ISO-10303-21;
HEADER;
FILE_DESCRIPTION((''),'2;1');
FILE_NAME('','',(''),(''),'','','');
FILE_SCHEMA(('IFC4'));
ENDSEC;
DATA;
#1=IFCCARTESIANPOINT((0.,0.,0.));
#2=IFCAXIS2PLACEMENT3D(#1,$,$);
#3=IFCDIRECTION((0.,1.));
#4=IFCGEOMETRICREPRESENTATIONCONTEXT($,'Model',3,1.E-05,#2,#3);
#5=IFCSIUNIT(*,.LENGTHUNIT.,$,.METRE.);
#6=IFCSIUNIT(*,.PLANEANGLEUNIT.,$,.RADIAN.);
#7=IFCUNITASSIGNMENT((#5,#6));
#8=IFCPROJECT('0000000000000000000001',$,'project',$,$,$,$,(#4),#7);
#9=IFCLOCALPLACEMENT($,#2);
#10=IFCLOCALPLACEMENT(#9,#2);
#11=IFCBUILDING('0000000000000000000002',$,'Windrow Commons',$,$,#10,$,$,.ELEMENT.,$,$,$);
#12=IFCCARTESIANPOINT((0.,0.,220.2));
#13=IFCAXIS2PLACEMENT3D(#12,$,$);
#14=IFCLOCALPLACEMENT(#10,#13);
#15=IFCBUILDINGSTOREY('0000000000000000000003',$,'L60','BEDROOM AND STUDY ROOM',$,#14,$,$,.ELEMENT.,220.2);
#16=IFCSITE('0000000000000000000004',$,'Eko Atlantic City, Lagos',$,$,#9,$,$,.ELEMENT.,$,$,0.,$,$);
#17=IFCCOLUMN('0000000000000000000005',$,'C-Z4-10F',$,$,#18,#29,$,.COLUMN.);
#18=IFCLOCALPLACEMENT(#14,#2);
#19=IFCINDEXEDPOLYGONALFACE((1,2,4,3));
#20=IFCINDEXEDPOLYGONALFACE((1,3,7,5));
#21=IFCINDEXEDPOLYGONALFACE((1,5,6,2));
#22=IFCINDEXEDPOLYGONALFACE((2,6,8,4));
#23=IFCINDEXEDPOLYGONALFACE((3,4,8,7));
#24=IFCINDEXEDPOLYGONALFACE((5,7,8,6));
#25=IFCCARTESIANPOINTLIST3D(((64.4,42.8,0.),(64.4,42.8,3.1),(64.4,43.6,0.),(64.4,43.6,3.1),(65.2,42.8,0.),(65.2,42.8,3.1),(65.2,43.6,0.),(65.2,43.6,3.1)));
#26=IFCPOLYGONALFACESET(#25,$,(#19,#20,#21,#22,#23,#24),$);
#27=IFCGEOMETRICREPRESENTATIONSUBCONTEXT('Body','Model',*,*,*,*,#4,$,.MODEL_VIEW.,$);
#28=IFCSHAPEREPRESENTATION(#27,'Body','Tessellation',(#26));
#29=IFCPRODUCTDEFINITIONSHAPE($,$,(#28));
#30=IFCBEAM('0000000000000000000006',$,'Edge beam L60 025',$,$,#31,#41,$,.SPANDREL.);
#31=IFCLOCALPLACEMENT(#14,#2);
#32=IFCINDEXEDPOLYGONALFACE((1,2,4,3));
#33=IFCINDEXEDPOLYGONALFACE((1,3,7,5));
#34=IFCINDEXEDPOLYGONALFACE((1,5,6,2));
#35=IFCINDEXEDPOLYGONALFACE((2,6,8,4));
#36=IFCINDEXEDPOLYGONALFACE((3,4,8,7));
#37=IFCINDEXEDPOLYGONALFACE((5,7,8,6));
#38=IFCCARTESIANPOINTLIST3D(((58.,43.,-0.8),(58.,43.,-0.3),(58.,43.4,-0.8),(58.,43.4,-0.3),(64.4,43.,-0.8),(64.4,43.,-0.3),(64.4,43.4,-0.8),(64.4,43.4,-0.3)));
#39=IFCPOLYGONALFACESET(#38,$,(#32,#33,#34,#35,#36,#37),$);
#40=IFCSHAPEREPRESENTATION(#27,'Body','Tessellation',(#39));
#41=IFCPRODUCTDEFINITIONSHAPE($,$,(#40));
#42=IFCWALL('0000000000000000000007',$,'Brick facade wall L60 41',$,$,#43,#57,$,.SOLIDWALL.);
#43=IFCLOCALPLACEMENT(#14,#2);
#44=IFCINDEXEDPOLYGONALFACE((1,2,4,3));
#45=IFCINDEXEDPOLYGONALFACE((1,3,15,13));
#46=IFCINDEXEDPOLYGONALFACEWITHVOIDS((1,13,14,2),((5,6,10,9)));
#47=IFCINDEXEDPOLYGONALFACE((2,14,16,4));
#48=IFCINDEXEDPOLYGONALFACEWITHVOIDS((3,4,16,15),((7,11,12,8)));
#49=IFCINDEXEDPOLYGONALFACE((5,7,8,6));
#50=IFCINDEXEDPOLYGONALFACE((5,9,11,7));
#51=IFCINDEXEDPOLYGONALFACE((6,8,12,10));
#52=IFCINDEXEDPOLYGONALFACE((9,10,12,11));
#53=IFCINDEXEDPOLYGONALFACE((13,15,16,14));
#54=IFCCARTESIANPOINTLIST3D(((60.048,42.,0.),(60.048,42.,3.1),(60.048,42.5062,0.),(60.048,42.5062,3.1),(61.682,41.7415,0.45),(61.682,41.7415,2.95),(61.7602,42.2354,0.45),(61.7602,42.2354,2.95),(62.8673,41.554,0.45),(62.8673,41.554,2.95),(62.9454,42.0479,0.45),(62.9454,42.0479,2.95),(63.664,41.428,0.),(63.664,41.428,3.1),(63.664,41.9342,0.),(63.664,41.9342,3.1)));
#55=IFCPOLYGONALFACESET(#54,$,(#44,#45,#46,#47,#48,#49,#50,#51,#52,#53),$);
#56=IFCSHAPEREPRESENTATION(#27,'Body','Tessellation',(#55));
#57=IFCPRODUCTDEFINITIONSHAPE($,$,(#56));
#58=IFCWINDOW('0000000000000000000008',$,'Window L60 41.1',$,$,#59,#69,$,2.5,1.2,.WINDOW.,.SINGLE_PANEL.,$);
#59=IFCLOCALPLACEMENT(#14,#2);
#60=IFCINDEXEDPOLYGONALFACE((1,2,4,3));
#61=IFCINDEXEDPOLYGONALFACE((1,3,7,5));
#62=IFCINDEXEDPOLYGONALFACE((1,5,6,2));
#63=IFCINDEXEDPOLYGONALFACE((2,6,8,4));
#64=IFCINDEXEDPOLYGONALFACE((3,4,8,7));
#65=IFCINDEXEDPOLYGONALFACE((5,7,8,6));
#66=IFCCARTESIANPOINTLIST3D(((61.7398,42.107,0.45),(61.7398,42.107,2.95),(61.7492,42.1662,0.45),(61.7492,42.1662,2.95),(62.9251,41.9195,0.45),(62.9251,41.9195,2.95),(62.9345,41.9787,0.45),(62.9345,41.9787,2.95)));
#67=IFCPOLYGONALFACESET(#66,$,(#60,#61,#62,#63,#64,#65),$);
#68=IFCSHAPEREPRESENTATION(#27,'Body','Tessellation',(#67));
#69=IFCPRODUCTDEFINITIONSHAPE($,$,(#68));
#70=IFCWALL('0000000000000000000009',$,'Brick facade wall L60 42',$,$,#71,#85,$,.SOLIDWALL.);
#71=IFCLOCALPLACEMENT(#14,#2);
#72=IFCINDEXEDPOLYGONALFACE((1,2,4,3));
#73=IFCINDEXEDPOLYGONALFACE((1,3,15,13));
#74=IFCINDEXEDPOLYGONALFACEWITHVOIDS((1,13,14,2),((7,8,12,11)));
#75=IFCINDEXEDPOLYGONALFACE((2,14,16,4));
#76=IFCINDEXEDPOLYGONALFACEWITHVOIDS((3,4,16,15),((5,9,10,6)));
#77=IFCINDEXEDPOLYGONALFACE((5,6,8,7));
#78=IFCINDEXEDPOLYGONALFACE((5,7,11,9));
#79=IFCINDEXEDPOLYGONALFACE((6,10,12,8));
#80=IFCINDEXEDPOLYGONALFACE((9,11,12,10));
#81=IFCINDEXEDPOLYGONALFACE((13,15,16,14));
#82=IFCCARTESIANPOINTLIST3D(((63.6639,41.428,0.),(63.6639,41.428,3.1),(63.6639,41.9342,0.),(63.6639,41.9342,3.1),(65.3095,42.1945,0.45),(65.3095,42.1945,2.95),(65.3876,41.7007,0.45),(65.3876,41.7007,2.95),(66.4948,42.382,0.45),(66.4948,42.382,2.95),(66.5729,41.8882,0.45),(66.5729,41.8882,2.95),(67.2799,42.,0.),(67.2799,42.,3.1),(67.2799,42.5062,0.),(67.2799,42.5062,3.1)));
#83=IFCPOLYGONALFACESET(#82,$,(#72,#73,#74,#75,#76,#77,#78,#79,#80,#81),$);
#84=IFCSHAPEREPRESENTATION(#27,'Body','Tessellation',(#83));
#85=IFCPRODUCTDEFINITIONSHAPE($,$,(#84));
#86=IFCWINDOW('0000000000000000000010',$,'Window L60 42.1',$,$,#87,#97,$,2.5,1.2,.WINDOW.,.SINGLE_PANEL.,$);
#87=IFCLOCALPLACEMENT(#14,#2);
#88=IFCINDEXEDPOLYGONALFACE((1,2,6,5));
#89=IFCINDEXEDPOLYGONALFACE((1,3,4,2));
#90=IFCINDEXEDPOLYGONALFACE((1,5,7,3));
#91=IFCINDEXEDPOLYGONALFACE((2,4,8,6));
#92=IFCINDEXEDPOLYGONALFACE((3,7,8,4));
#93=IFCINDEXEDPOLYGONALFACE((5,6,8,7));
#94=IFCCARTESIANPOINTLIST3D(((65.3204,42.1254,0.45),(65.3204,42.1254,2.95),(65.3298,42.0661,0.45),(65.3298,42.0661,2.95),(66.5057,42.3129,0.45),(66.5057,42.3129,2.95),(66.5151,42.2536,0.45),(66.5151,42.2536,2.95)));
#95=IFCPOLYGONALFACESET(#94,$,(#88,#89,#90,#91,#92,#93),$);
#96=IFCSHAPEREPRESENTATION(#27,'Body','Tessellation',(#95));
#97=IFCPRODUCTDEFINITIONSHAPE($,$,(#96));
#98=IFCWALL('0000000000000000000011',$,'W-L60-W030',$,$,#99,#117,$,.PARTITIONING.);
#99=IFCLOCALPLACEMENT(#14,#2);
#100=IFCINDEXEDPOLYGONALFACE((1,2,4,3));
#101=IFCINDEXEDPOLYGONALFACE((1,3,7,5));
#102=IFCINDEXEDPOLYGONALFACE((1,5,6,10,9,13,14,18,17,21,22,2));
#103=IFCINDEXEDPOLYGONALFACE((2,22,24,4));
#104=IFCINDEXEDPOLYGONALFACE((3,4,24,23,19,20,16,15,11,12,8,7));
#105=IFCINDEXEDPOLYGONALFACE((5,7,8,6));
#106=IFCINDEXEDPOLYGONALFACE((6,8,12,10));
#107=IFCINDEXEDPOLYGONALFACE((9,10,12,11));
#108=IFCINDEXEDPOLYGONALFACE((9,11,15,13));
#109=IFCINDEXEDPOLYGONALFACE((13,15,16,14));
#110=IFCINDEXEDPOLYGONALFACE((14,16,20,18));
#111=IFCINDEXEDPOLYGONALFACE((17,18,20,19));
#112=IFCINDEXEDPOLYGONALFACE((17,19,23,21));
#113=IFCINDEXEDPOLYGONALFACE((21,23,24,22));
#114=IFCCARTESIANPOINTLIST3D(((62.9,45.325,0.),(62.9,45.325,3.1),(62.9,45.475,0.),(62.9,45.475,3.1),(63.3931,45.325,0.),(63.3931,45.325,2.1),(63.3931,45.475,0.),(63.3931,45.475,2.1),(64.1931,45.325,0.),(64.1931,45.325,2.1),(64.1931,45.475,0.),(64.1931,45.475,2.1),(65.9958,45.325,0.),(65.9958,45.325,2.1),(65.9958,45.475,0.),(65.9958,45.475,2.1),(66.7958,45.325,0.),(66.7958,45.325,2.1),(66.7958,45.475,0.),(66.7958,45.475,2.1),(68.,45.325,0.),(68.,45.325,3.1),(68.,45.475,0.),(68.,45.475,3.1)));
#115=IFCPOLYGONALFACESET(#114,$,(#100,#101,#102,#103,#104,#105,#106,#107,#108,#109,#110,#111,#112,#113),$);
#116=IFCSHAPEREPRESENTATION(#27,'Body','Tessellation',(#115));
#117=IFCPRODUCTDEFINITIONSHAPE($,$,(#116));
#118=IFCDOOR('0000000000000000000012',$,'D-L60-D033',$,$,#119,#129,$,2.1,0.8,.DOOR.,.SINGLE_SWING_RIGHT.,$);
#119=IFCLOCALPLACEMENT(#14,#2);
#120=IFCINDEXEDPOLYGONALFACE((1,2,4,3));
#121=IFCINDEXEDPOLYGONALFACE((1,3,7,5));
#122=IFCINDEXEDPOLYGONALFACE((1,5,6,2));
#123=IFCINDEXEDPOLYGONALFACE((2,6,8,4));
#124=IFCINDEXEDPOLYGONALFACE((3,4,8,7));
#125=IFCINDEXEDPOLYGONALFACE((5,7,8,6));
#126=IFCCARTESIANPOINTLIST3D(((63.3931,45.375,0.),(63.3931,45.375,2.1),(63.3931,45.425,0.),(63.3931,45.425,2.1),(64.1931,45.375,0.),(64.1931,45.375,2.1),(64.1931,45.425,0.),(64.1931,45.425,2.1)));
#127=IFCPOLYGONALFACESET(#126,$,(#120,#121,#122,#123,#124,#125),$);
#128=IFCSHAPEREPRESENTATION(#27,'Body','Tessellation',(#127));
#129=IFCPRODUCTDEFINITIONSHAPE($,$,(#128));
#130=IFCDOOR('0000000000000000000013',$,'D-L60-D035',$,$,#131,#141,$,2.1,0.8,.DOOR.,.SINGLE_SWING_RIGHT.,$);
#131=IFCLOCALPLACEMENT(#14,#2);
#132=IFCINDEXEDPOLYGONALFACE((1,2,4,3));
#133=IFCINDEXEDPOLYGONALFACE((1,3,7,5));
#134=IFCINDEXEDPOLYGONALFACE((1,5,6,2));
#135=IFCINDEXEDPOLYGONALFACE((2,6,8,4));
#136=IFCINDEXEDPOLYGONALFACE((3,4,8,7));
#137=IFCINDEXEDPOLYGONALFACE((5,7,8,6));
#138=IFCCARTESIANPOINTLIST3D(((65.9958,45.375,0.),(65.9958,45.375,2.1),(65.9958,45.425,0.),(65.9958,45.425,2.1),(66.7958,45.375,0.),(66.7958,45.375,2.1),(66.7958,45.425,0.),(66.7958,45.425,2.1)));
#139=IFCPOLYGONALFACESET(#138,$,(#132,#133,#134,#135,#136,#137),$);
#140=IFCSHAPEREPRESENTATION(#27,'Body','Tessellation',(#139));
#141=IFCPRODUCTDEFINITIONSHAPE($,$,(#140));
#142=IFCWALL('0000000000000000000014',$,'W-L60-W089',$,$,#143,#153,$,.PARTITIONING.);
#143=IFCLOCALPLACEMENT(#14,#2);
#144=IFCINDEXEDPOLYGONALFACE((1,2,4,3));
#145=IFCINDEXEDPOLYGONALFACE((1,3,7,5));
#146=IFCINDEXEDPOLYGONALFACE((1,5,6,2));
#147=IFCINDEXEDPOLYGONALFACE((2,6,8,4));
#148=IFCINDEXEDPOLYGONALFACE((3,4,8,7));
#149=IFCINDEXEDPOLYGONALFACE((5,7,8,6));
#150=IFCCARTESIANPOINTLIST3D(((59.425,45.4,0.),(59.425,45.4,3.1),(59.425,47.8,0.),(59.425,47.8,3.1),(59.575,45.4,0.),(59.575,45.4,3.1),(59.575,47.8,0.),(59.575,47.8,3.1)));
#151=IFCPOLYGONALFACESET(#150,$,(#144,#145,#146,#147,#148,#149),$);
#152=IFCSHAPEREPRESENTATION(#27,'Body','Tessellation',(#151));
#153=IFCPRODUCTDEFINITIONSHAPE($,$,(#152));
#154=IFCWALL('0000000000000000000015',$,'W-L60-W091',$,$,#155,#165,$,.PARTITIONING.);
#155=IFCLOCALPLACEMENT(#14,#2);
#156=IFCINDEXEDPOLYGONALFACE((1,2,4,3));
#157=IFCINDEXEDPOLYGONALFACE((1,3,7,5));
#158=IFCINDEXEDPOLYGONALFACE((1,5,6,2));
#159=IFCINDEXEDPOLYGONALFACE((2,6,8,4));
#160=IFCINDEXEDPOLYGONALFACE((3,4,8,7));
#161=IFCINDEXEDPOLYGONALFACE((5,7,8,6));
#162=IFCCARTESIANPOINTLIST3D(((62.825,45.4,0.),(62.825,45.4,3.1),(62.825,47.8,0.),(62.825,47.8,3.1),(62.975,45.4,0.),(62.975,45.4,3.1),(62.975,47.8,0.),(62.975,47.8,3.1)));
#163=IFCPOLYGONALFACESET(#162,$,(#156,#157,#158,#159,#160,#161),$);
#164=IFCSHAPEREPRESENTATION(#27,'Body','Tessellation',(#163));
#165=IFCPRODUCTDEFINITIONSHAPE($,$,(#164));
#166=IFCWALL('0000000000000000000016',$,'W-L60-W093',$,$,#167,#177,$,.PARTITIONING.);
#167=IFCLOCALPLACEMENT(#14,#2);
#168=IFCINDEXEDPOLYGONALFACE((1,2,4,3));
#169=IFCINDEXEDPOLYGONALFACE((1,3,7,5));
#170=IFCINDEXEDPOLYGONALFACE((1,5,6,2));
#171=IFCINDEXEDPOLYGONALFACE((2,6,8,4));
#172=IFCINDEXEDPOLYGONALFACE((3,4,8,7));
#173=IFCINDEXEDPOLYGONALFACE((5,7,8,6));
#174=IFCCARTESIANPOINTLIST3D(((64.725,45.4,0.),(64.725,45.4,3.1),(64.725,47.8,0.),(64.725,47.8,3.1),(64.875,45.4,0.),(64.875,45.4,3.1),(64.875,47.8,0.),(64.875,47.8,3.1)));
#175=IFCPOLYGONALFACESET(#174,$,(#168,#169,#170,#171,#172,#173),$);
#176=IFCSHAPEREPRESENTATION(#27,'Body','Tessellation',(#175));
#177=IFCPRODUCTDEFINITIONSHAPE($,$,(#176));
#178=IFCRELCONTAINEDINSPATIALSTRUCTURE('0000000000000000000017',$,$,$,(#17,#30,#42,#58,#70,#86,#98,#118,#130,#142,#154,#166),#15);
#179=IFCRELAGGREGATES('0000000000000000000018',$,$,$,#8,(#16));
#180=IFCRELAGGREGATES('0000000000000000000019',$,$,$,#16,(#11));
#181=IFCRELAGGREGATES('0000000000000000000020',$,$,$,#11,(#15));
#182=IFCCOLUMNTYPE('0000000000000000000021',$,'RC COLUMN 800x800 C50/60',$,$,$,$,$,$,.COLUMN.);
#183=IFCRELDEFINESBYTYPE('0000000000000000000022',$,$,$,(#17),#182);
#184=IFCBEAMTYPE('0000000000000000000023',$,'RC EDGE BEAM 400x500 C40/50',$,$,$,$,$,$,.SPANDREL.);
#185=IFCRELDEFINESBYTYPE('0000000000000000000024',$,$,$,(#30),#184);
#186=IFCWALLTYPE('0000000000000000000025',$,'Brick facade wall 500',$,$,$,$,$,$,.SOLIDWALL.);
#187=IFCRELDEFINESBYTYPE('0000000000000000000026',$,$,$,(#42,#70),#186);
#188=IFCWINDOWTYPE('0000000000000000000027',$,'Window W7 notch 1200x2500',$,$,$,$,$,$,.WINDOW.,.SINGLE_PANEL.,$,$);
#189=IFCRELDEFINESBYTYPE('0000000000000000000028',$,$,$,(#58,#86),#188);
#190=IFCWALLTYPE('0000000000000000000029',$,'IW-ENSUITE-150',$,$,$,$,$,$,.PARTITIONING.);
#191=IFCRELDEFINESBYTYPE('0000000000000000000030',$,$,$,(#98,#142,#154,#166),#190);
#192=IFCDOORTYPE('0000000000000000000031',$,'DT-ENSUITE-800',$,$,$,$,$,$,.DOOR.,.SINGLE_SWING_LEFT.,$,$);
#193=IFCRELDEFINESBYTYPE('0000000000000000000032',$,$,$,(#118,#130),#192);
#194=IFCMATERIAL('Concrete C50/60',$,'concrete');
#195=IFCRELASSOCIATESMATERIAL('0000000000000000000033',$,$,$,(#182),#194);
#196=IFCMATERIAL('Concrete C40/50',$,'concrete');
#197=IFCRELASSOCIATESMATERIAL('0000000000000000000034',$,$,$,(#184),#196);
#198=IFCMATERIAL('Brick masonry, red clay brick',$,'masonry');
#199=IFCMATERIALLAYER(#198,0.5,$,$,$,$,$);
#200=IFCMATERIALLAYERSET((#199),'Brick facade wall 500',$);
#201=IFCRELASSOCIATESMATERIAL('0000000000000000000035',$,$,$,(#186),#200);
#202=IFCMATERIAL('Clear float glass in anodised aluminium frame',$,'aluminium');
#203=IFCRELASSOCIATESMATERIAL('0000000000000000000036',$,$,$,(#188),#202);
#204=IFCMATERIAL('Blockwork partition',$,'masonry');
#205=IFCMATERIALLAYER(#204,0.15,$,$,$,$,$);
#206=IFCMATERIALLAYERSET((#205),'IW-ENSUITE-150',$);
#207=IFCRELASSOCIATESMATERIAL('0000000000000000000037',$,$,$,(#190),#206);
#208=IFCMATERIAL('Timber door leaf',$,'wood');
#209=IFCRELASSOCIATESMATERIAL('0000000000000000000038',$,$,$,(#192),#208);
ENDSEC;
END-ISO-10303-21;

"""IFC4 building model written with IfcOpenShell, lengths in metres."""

from ifc_helpers import new_model, si_unit, direction, frame, frame_2d, origin, origin_2d, place, context, subcontext, project, spatial, polyline, rectangle, outline, extrude, material, layer, layer_set, material_profile, profile_set, type_object, element, fill, save


model = new_model("IFC4")

# Units and contexts
model_context = context("Model", 3, precision=1e-05, world=origin(), true_north=direction((0.0, 1.0)))
body_context = subcontext(model_context, "Body", "Model", "MODEL_VIEW")
ifc_project = project(units=[si_unit("LENGTHUNIT", "METRE"), si_unit("PLANEANGLEUNIT", "RADIAN")], contexts=[model_context])

# Site, building, storey
site_placement = place(None, origin())
site = spatial("IfcSite", under=ifc_project, at=site_placement, Name="Eko Atlantic City, Lagos", CompositionType="ELEMENT", RefElevation=0.0)
building_placement = place(site_placement, origin())
building = spatial("IfcBuilding", under=site, at=building_placement, Name="Windrow Commons", CompositionType="ELEMENT")
storey_placement = place(building_placement, frame((0.0, 0.0, 220.2)))
storey = spatial("IfcBuildingStorey", under=building, at=storey_placement, Name="L60", Description="BEDROOM AND STUDY ROOM", CompositionType="ELEMENT", Elevation=220.2)

# Column
ifc_material_1 = material(Name="Concrete C50/60", Category="concrete")
ifc_material_profile_1 = material_profile(ifc_material_1, rectangle(XDim=0.8, YDim=0.8, at=origin_2d()))
ifc_profile_set_1 = profile_set([ifc_material_profile_1], Name="Concrete C50/60")
column_type = type_object("IfcColumnType", Name="RC COLUMN 800x800 C50/60", PredefinedType="COLUMN", material=ifc_profile_set_1)
column_placement = place(storey_placement, frame((64.8, 43.2, 0.0), z_axis=(0.0, 0.0, 1.0), x_axis=(1.0, 0.0, 0.0)))
element("IfcColumn", 1, at=column_placement, inside=storey, type_object=column_type, Name="C-Z4-10F", PredefinedType="COLUMN", context=body_context, shape_type="SweptSolid", body=[
    extrude(rectangle(XDim=0.8, YDim=0.8, at=origin_2d()), origin(), (0.0, 0.0, 1.0), 3.1),
])

# Beam
ifc_material_2 = material(Name="Concrete C40/50", Category="concrete")
ifc_material_profile_2 = material_profile(ifc_material_2, rectangle(XDim=0.4, YDim=0.5, at=origin_2d()))
ifc_profile_set_2 = profile_set([ifc_material_profile_2], Name="Concrete C40/50")
beam_type = type_object("IfcBeamType", Name="RC EDGE BEAM 400x500 C40/50", PredefinedType="SPANDREL", material=ifc_profile_set_2)
beam_placement = place(storey_placement, frame((64.4, 43.2, -0.55), z_axis=(-1.0, 0.0, 0.0), x_axis=(0.0, -1.0, 0.0)))
element("IfcBeam", 2, at=beam_placement, inside=storey, type_object=beam_type, Name="Edge beam L60 025", PredefinedType="SPANDREL", context=body_context, shape_type="SweptSolid", body=[
    extrude(rectangle(XDim=0.4, YDim=0.5, at=origin_2d()), origin(), (0.0, 0.0, 1.0), 6.4),
])

# Walls, openings, windows
ifc_material_3 = material(Name="Brick masonry, red clay brick", Category="masonry")
ifc_layer_1 = layer(ifc_material_3, 0.5)
ifc_layer_set_1 = layer_set([ifc_layer_1], Name="Brick facade wall 500")
wall_type_1 = type_object("IfcWallType", Name="Brick facade wall 500", PredefinedType="SOLIDWALL", material=ifc_layer_set_1)
wall_1_placement = place(storey_placement, frame((60.048, 42.2531, 0.0), z_axis=(0.0, 0.0, 1.0), x_axis=(0.987718, -0.156247, 0.0)))
wall_1 = element("IfcWall", 3, at=wall_1_placement, inside=storey, type_object=wall_type_1, Name="Brick facade wall L60 41", PredefinedType="SOLIDWALL", context=body_context, shape_type="SweptSolid", body=[
    extrude(outline(polyline([(0.0395, -0.25), (3.7005, -0.25), (3.6214, 0.25), (-0.0395, 0.25), (0.0395, -0.25)])), origin(), (0.0, 0.0, 1.0), 3.1),
])
opening_1_placement = place(wall_1_placement, frame((1.6939, 0.0, 0.45)))
opening_1 = element("IfcOpeningElement", 4, at=opening_1_placement, cuts=wall_1, PredefinedType="OPENING", context=body_context, shape_type="SweptSolid", body=[
    extrude(rectangle(XDim=1.2, YDim=2.5, at=frame_2d((0.6, 1.25))), frame((0.0, 0.26, 0.0), z_axis=(0.0, -1.0, 0.0), x_axis=(1.0, 0.0, 0.0)), (0.0, 0.0, 1.0), 0.52),
])
ifc_material_4 = material(Name="Clear float glass in anodised aluminium frame", Category="aluminium")
window_type = type_object("IfcWindowType", Name="Window W7 notch 1200x2500", PartitioningType="SINGLE_PANEL", PredefinedType="WINDOW", material=ifc_material_4)
window_1_placement = place(opening_1_placement, origin())
window_1 = element("IfcWindow", 5, at=window_1_placement, inside=storey, type_object=window_type, Name="Window L60 41.1", OverallHeight=2.5, OverallWidth=1.2, PartitioningType="SINGLE_PANEL", PredefinedType="WINDOW", context=body_context, shape_type="SweptSolid", body=[
    extrude(rectangle(XDim=1.2, YDim=2.5, at=frame_2d((0.6, 1.25))), frame((0.0, 0.18, 0.0), z_axis=(0.0, -1.0, 0.0), x_axis=(1.0, 0.0, 0.0)), (0.0, 0.0, 1.0), 0.06),
])
fill(opening_1, window_1)
wall_2_placement = place(storey_placement, frame((63.6639, 41.6811, 0.0), z_axis=(0.0, 0.0, 1.0), x_axis=(0.987719, 0.156243, 0.0)))
wall_2 = element("IfcWall", 6, at=wall_2_placement, inside=storey, type_object=wall_type_1, Name="Brick facade wall L60 42", PredefinedType="SOLIDWALL", context=body_context, shape_type="SweptSolid", body=[
    extrude(outline(polyline([(-0.0395, -0.25), (3.6214, -0.25), (3.7005, 0.25), (0.0395, 0.25), (-0.0395, -0.25)])), origin(), (0.0, 0.0, 1.0), 3.1),
])
opening_2_placement = place(wall_2_placement, frame((1.7056, 0.0, 0.45)))
opening_2 = element("IfcOpeningElement", 7, at=opening_2_placement, cuts=wall_2, PredefinedType="OPENING", context=body_context, shape_type="SweptSolid", body=[
    extrude(rectangle(XDim=1.2, YDim=2.5, at=frame_2d((0.6, 1.25))), frame((0.0, 0.26, 0.0), z_axis=(0.0, -1.0, 0.0), x_axis=(1.0, 0.0, 0.0)), (0.0, 0.0, 1.0), 0.52),
])
window_2_placement = place(opening_2_placement, origin())
window_2 = element("IfcWindow", 8, at=window_2_placement, inside=storey, type_object=window_type, Name="Window L60 42.1", OverallHeight=2.5, OverallWidth=1.2, PartitioningType="SINGLE_PANEL", PredefinedType="WINDOW", context=body_context, shape_type="SweptSolid", body=[
    extrude(rectangle(XDim=1.2, YDim=2.5, at=frame_2d((0.6, 1.25))), frame((0.0, 0.18, 0.0), z_axis=(0.0, -1.0, 0.0), x_axis=(1.0, 0.0, 0.0)), (0.0, 0.0, 1.0), 0.06),
])
fill(opening_2, window_2)

# Wall, openings, doors
ifc_material_5 = material(Name="Blockwork partition", Category="masonry")
ifc_layer_2 = layer(ifc_material_5, 0.15)
ifc_layer_set_2 = layer_set([ifc_layer_2], Name="IW-ENSUITE-150")
wall_type_2 = type_object("IfcWallType", Name="IW-ENSUITE-150", PredefinedType="PARTITIONING", material=ifc_layer_set_2)
wall_3_placement = place(storey_placement, frame((62.9, 45.4, 0.0), z_axis=(0.0, 0.0, 1.0), x_axis=(1.0, 0.0, 0.0)))
wall_3 = element("IfcWall", 9, at=wall_3_placement, inside=storey, type_object=wall_type_2, Name="W-L60-W030", PredefinedType="PARTITIONING", context=body_context, shape_type="SweptSolid", body=[
    extrude(rectangle(XDim=5.1, YDim=0.15, at=frame_2d((2.55, 0.0))), origin(), (0.0, 0.0, 1.0), 3.1),
])
opening_3_placement = place(wall_3_placement, frame((0.4931, 0.0, 0.0)))
opening_3 = element("IfcOpeningElement", 10, at=opening_3_placement, cuts=wall_3, PredefinedType="OPENING", context=body_context, shape_type="SweptSolid", body=[
    extrude(rectangle(XDim=0.8, YDim=2.1, at=frame_2d((0.4, 1.05))), frame((0.0, 0.085, 0.0), z_axis=(0.0, -1.0, 0.0), x_axis=(1.0, 0.0, 0.0)), (0.0, 0.0, 1.0), 0.17),
])
opening_4_placement = place(wall_3_placement, frame((3.0958, 0.0, 0.0)))
opening_4 = element("IfcOpeningElement", 11, at=opening_4_placement, cuts=wall_3, PredefinedType="OPENING", context=body_context, shape_type="SweptSolid", body=[
    extrude(rectangle(XDim=0.8, YDim=2.1, at=frame_2d((0.4, 1.05))), frame((0.0, 0.085, 0.0), z_axis=(0.0, -1.0, 0.0), x_axis=(1.0, 0.0, 0.0)), (0.0, 0.0, 1.0), 0.17),
])
ifc_material_6 = material(Name="Timber door leaf", Category="wood")
door_type = type_object("IfcDoorType", Name="DT-ENSUITE-800", OperationType="SINGLE_SWING_LEFT", PredefinedType="DOOR", material=ifc_material_6)
door_1_placement = place(opening_3_placement, origin())
door_1 = element("IfcDoor", 12, at=door_1_placement, inside=storey, type_object=door_type, Name="D-L60-D033", OperationType="SINGLE_SWING_RIGHT", OverallHeight=2.1, OverallWidth=0.8, PredefinedType="DOOR", context=body_context, shape_type="SweptSolid", body=[
    extrude(rectangle(XDim=0.8, YDim=2.1, at=frame_2d((0.4, 1.05))), frame((0.0, 0.025, 0.0), z_axis=(0.0, -1.0, 0.0), x_axis=(1.0, 0.0, 0.0)), (0.0, 0.0, 1.0), 0.05),
])
fill(opening_3, door_1)
door_2_placement = place(opening_4_placement, origin())
door_2 = element("IfcDoor", 13, at=door_2_placement, inside=storey, type_object=door_type, Name="D-L60-D035", OperationType="SINGLE_SWING_RIGHT", OverallHeight=2.1, OverallWidth=0.8, PredefinedType="DOOR", context=body_context, shape_type="SweptSolid", body=[
    extrude(rectangle(XDim=0.8, YDim=2.1, at=frame_2d((0.4, 1.05))), frame((0.0, 0.025, 0.0), z_axis=(0.0, -1.0, 0.0), x_axis=(1.0, 0.0, 0.0)), (0.0, 0.0, 1.0), 0.05),
])
fill(opening_4, door_2)

# Walls
for number, where, z_axis, x_axis, name in (
    (14, (59.5, 45.4, 0.0), (0.0, 0.0, 1.0), (0.0, 1.0, 0.0), "W-L60-W089"),
    (15, (62.9, 45.4, 0.0), (0.0, 0.0, 1.0), (0.0, 1.0, 0.0), "W-L60-W091"),
    (16, (64.8, 45.4, 0.0), (0.0, 0.0, 1.0), (0.0, 1.0, 0.0), "W-L60-W093"),
):
    element("IfcWall", number, at=place(storey_placement, frame(where, z_axis=z_axis, x_axis=x_axis)), inside=storey, type_object=wall_type_2, Name=name, PredefinedType="PARTITIONING", context=body_context, shape_type="SweptSolid", body=[
        extrude(rectangle(XDim=2.4, YDim=0.15, at=frame_2d((1.2, 0.0))), origin(), (0.0, 0.0, 1.0), 3.1),
    ])

save(model, "model.ifc")
